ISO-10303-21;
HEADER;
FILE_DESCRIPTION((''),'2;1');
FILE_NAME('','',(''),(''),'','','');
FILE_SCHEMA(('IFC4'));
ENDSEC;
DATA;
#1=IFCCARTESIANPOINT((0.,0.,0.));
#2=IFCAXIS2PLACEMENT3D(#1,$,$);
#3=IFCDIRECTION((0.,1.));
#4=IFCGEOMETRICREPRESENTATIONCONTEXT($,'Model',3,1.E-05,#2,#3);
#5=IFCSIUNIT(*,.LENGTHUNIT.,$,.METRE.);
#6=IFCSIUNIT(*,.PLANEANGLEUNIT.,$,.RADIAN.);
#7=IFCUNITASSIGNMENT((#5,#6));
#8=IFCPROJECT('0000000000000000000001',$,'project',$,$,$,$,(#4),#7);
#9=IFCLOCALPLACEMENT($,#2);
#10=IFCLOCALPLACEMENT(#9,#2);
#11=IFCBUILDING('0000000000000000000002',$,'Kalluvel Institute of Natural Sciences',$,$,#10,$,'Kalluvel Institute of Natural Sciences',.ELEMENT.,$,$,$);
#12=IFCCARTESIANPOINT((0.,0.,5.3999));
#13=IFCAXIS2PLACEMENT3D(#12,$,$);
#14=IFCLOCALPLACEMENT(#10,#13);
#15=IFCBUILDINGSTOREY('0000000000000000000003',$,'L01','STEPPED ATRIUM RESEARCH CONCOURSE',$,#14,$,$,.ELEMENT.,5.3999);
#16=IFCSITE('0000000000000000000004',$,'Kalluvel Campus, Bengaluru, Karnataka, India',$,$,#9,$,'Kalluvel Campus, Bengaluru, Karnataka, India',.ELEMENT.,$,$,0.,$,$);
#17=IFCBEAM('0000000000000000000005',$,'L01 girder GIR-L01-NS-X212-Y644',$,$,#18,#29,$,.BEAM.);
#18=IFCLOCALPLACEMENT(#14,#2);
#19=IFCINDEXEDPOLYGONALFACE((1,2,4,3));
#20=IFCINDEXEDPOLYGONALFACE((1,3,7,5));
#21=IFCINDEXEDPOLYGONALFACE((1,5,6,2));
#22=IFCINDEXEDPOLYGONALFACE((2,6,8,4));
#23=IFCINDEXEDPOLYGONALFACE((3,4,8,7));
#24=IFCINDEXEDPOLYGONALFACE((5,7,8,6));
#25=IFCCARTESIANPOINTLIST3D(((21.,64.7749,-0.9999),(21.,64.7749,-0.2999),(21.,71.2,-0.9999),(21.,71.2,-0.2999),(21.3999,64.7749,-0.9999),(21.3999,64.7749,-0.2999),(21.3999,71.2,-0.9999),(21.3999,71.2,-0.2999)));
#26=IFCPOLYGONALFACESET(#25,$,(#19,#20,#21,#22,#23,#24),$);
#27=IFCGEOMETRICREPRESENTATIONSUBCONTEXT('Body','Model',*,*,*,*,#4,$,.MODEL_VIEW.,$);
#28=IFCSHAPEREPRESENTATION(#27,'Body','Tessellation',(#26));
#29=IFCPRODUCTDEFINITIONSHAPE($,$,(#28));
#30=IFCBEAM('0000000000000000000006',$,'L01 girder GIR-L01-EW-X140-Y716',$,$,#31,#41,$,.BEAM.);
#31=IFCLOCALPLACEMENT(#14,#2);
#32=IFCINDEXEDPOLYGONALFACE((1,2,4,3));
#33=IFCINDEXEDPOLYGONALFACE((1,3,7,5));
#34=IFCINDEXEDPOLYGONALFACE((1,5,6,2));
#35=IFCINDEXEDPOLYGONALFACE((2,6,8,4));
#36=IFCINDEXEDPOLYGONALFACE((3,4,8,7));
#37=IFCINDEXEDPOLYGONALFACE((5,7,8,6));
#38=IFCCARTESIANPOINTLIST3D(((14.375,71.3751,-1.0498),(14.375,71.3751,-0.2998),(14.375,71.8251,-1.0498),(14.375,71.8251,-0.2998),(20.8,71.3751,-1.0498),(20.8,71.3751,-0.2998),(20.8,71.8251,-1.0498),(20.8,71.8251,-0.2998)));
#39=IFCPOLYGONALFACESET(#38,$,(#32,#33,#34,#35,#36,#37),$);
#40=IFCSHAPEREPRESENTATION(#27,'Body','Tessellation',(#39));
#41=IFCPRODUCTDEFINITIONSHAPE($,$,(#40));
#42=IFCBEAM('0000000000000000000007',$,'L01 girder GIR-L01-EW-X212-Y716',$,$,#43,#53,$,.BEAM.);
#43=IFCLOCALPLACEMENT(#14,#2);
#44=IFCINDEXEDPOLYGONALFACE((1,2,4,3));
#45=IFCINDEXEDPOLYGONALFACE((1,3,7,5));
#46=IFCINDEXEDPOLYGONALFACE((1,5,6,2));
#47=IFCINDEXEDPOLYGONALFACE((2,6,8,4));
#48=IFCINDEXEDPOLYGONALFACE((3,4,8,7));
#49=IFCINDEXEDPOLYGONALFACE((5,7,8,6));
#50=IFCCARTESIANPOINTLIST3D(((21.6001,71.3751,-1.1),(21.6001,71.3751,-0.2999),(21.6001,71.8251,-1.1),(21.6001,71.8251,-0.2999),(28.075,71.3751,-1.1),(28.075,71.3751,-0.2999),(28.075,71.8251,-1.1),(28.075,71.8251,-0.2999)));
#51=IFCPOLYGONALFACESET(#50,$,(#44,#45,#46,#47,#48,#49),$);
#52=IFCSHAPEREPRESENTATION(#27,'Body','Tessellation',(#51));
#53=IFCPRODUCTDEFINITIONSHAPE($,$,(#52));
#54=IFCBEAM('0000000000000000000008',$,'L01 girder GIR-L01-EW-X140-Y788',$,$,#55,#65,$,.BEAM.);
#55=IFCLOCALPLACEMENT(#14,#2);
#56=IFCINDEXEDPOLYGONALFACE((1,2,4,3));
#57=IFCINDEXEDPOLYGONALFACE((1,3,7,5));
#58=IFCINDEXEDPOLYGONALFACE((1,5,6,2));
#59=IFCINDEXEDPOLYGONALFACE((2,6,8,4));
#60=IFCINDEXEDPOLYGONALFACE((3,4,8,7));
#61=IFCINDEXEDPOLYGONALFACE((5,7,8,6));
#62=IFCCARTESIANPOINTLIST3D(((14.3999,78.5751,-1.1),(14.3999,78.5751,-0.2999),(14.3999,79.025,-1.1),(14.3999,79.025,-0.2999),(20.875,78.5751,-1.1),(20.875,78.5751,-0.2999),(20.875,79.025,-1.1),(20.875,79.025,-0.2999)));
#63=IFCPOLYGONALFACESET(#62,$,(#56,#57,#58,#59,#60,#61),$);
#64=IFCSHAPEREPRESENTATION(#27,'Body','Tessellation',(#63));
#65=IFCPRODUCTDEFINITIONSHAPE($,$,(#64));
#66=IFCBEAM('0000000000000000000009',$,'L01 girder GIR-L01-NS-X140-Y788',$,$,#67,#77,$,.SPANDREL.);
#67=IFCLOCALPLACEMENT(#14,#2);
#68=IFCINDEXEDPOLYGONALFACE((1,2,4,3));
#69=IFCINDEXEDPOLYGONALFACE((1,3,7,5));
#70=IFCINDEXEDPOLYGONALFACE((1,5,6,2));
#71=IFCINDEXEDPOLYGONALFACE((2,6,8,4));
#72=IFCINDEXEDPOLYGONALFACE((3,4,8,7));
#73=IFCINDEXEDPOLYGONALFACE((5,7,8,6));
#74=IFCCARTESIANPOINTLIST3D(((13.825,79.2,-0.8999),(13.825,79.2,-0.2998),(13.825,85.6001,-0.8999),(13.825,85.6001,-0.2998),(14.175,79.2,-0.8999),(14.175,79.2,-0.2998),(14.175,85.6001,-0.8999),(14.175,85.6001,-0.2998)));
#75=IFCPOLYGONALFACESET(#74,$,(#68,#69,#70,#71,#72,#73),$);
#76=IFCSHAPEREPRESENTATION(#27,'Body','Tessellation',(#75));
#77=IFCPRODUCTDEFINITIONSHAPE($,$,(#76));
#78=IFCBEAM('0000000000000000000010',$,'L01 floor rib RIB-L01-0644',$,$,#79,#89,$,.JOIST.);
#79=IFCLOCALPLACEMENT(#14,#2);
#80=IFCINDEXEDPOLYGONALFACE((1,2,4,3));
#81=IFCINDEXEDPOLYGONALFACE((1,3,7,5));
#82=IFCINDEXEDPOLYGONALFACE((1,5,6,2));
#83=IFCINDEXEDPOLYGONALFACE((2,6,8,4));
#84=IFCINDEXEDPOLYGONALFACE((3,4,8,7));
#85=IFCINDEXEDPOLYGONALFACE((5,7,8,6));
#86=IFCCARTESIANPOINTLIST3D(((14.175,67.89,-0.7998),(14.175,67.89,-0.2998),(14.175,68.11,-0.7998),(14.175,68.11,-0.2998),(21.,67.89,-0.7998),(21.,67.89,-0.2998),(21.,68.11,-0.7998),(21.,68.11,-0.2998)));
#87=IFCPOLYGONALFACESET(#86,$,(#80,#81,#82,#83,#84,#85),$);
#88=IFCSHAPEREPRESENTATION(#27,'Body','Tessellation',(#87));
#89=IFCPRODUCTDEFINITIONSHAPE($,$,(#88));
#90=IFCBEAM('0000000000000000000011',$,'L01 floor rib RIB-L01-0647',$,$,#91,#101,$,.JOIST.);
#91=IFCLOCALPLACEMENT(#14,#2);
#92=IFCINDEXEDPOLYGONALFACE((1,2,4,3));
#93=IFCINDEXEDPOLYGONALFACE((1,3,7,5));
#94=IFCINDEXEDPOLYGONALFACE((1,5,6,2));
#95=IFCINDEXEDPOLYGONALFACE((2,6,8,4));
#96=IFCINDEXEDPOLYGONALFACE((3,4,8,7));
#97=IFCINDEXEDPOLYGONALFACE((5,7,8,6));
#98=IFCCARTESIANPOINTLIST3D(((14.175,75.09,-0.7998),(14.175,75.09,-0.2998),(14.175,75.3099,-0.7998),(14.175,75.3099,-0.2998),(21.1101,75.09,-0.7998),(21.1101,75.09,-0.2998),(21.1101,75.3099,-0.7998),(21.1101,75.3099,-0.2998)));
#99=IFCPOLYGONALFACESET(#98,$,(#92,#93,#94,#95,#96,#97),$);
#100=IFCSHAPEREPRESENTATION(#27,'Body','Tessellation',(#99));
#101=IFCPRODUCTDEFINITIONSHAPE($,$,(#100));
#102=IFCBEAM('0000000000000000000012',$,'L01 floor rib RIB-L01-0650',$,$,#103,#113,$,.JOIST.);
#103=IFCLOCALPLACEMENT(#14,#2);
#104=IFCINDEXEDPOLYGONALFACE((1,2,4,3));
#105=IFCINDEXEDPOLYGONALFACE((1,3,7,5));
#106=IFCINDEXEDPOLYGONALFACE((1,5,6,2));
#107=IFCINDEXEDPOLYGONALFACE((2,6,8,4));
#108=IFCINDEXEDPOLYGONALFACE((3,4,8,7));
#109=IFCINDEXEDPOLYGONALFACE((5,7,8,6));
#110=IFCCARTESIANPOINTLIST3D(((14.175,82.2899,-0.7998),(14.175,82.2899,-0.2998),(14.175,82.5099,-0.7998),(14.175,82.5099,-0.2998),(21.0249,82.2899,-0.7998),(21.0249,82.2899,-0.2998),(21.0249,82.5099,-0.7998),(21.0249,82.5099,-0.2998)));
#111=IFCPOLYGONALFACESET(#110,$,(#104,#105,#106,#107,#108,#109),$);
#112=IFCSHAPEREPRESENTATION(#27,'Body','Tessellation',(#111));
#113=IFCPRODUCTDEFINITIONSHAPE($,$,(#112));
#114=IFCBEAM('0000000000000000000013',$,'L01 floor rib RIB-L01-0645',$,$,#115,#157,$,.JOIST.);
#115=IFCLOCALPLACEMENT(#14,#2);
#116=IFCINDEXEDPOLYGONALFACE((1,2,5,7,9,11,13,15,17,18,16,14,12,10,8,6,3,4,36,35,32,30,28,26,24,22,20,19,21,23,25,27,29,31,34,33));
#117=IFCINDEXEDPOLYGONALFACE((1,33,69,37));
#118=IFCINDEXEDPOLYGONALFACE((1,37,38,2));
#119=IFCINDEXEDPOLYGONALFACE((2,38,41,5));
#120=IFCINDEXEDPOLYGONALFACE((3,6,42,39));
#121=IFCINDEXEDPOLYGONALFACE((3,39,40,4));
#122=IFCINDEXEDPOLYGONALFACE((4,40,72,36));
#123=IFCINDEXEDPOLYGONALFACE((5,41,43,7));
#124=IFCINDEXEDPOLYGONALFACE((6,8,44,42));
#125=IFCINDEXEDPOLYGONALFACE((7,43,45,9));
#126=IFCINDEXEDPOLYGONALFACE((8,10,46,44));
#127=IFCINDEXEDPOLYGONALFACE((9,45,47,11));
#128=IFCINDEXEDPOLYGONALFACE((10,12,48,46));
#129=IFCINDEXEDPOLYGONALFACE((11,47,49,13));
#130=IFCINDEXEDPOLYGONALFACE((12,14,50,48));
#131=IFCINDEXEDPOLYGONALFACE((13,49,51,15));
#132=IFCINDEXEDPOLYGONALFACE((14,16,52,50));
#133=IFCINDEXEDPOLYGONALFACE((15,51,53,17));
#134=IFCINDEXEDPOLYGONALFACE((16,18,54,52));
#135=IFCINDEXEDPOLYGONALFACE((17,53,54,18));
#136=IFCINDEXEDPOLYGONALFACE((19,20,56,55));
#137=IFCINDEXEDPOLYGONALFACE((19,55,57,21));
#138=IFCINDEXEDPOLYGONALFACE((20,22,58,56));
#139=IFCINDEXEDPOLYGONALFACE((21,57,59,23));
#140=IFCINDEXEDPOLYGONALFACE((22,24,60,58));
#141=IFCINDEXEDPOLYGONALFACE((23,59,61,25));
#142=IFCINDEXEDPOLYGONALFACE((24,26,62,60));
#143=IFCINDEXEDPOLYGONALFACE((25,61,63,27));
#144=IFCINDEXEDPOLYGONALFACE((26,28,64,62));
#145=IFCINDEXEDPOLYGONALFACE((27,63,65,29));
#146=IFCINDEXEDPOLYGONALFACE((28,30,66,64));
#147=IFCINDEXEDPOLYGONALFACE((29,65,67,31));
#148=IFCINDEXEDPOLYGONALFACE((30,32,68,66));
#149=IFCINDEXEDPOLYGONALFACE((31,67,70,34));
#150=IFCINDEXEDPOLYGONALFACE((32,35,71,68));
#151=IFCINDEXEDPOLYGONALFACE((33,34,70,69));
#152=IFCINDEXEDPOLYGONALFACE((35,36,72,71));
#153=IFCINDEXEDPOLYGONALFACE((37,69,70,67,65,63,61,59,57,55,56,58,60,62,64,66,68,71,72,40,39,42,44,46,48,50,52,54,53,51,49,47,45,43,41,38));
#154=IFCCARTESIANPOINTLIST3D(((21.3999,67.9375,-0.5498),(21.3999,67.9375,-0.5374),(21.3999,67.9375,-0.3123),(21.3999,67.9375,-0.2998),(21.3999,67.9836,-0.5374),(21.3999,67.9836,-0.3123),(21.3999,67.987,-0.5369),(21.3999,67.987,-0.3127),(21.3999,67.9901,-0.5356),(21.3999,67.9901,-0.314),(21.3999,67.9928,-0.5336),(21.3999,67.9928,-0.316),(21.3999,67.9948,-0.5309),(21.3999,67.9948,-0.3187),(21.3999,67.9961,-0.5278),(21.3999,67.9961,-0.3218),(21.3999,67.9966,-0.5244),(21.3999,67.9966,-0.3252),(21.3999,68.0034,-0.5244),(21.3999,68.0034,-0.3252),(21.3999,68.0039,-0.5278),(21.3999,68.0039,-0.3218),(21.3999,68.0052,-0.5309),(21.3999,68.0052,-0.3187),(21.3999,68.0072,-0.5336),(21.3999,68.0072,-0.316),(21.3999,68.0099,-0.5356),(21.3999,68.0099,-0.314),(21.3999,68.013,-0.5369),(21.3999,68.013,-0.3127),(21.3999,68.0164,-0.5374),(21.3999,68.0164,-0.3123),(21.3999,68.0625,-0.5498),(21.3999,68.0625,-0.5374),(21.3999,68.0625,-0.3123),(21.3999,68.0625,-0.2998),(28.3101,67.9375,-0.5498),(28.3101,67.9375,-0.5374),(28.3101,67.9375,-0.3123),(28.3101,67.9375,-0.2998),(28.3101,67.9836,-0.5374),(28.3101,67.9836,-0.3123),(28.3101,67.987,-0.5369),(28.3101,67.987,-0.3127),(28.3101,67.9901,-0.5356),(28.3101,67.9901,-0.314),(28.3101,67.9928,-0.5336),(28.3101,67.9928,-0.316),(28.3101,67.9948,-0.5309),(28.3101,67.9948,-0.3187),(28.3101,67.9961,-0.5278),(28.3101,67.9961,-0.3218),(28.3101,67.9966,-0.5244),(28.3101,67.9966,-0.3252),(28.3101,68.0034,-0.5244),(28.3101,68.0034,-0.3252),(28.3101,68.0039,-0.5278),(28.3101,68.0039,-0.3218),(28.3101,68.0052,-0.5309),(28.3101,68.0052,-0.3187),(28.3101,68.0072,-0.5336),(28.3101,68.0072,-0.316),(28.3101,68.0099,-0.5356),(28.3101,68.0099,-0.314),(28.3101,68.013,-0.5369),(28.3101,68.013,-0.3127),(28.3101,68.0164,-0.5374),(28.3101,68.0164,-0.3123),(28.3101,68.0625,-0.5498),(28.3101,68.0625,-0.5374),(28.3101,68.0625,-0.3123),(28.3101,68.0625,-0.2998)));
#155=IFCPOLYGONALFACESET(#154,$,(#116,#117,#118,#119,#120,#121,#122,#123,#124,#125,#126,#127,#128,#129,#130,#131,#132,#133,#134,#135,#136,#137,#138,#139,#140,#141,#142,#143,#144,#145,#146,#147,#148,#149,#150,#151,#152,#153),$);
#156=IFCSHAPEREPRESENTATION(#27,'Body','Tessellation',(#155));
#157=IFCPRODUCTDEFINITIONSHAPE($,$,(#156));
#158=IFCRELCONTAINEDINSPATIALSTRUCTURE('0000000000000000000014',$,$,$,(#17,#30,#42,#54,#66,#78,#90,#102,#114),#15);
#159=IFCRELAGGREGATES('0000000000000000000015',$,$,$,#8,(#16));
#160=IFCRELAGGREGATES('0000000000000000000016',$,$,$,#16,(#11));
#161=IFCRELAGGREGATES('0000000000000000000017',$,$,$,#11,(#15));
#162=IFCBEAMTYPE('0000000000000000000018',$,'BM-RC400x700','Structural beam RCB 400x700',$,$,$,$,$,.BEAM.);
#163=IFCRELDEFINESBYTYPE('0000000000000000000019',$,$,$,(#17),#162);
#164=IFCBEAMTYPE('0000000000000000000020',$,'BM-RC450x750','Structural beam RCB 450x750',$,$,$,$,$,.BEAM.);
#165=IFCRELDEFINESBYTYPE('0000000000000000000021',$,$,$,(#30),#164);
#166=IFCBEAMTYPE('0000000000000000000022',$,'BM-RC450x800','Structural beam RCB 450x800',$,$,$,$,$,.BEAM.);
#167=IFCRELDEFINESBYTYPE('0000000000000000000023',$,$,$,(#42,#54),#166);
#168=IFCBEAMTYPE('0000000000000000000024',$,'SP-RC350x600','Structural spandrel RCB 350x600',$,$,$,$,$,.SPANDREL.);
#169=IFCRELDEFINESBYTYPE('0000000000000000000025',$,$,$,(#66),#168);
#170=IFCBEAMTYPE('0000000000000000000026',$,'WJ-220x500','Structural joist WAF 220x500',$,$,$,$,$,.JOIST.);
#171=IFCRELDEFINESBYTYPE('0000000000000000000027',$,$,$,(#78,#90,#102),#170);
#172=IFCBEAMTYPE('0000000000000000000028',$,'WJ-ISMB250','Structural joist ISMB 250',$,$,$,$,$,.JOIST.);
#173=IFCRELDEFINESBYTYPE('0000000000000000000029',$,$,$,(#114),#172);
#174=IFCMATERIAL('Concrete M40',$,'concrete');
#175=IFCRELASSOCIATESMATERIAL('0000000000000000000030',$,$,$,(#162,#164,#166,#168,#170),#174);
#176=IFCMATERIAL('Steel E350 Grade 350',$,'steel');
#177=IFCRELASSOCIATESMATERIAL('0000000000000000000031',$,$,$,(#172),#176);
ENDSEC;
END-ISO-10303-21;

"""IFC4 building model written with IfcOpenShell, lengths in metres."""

from ifc_helpers import new_model, si_unit, direction, frame, origin, origin_2d, place, context, subcontext, project, spatial, rectangle, i_section, extrude, material, material_profile, profile_set, type_object, element, save


model = new_model("IFC4")

# Units and contexts
model_context = context("Model", 3, precision=1e-05, world=origin(), true_north=direction((0.0, 1.0)))
body_context = subcontext(model_context, "Body", "Model", "MODEL_VIEW")
ifc_project = project(units=[si_unit("LENGTHUNIT", "METRE"), si_unit("PLANEANGLEUNIT", "RADIAN")], contexts=[model_context])

# Site, building, storey
site_placement = place(None, origin())
site = spatial("IfcSite", under=ifc_project, at=site_placement, Name="Kalluvel Campus, Bengaluru, Karnataka, India", LongName="Kalluvel Campus, Bengaluru, Karnataka, India", CompositionType="ELEMENT", RefElevation=0.0)
building_placement = place(site_placement, origin())
building = spatial("IfcBuilding", under=site, at=building_placement, Name="Kalluvel Institute of Natural Sciences", LongName="Kalluvel Institute of Natural Sciences", CompositionType="ELEMENT")
storey_placement = place(building_placement, frame((0.0, 0.0, 5.3999)))
storey = spatial("IfcBuildingStorey", under=building, at=storey_placement, Name="L01", Description="STEPPED ATRIUM RESEARCH CONCOURSE", CompositionType="ELEMENT", Elevation=5.3999)

# Beams
ifc_material_1 = material(Name="Steel E350 Grade 350", Category="steel")
ifc_material_2 = material(Name="Concrete M40", Category="concrete")
ifc_material_profile_1 = material_profile(ifc_material_2, rectangle(XDim=0.3999, YDim=0.7, at=origin_2d()), Name="RCB 400x700")
ifc_profile_set_1 = profile_set([ifc_material_profile_1], Name="Concrete M40")
beam_type_1 = type_object("IfcBeamType", Name="BM-RC400x700", Description="Structural beam RCB 400x700", PredefinedType="BEAM", material=ifc_profile_set_1)
beam_1_placement = place(storey_placement, frame((21.2, 64.7749, -0.6499), z_axis=(0.0, 1.0, 0.0), x_axis=(-1.0, 0.0, 0.0)))
element("IfcBeam", 1, at=beam_1_placement, inside=storey, type_object=beam_type_1, Name="L01 girder GIR-L01-NS-X212-Y644", PredefinedType="BEAM", context=body_context, shape_type="SweptSolid", body=[
    extrude(rectangle(XDim=0.3999, YDim=0.7, at=origin_2d()), origin(), (0.0, 0.0, 1.0), 6.425),
])
ifc_material_profile_2 = material_profile(ifc_material_2, rectangle(XDim=0.45, YDim=0.75, at=origin_2d()), Name="RCB 450x750")
ifc_profile_set_2 = profile_set([ifc_material_profile_2], Name="Concrete M40")
beam_type_2 = type_object("IfcBeamType", Name="BM-RC450x750", Description="Structural beam RCB 450x750", PredefinedType="BEAM", material=ifc_profile_set_2)
beam_2_placement = place(storey_placement, frame((14.375, 71.6001, -0.6748), z_axis=(1.0, 0.0, 0.0), x_axis=(0.0, 1.0, 0.0)))
element("IfcBeam", 2, at=beam_2_placement, inside=storey, type_object=beam_type_2, Name="L01 girder GIR-L01-EW-X140-Y716", PredefinedType="BEAM", context=body_context, shape_type="SweptSolid", body=[
    extrude(rectangle(XDim=0.45, YDim=0.75, at=origin_2d()), origin(), (0.0, 0.0, 1.0), 6.425),
])
ifc_material_profile_3 = material_profile(ifc_material_2, rectangle(XDim=0.45, YDim=0.8, at=origin_2d()), Name="RCB 450x800")
ifc_profile_set_3 = profile_set([ifc_material_profile_3], Name="Concrete M40")
beam_type_3 = type_object("IfcBeamType", Name="BM-RC450x800", Description="Structural beam RCB 450x800", PredefinedType="BEAM", material=ifc_profile_set_3)
beam_3_placement = place(storey_placement, frame((21.6001, 71.6001, -0.7), z_axis=(1.0, 0.0, 0.0), x_axis=(0.0, 1.0, 0.0)))
element("IfcBeam", 3, at=beam_3_placement, inside=storey, type_object=beam_type_3, Name="L01 girder GIR-L01-EW-X212-Y716", PredefinedType="BEAM", context=body_context, shape_type="SweptSolid", body=[
    extrude(rectangle(XDim=0.45, YDim=0.8, at=origin_2d()), origin(), (0.0, 0.0, 1.0), 6.4749),
])
beam_4_placement = place(storey_placement, frame((14.3999, 78.8, -0.7), z_axis=(1.0, 0.0, 0.0), x_axis=(0.0, 1.0, 0.0)))
element("IfcBeam", 4, at=beam_4_placement, inside=storey, type_object=beam_type_3, Name="L01 girder GIR-L01-EW-X140-Y788", PredefinedType="BEAM", context=body_context, shape_type="SweptSolid", body=[
    extrude(rectangle(XDim=0.45, YDim=0.8, at=origin_2d()), origin(), (0.0, 0.0, 1.0), 6.4751),
])
ifc_material_profile_4 = material_profile(ifc_material_2, rectangle(XDim=0.3501, YDim=0.6001, at=origin_2d()), Name="RCB 350x600")
ifc_profile_set_4 = profile_set([ifc_material_profile_4], Name="Concrete M40")
beam_type_4 = type_object("IfcBeamType", Name="SP-RC350x600", Description="Structural spandrel RCB 350x600", PredefinedType="SPANDREL", material=ifc_profile_set_4)
beam_5_placement = place(storey_placement, frame((14.0, 79.2, -0.5999), z_axis=(0.0, 1.0, 0.0), x_axis=(-1.0, 0.0, 0.0)))
element("IfcBeam", 5, at=beam_5_placement, inside=storey, type_object=beam_type_4, Name="L01 girder GIR-L01-NS-X140-Y788", PredefinedType="SPANDREL", context=body_context, shape_type="SweptSolid", body=[
    extrude(rectangle(XDim=0.3501, YDim=0.6001, at=origin_2d()), origin(), (0.0, 0.0, 1.0), 6.4001),
])
ifc_material_profile_5 = material_profile(ifc_material_2, rectangle(XDim=0.22, YDim=0.5, at=origin_2d()), Name="WAF 220x500")
ifc_profile_set_5 = profile_set([ifc_material_profile_5], Name="Concrete M40")
beam_type_5 = type_object("IfcBeamType", Name="WJ-220x500", Description="Structural joist WAF 220x500", PredefinedType="JOIST", material=ifc_profile_set_5)
beam_6_placement = place(storey_placement, frame((14.175, 68.0, -0.5498), z_axis=(1.0, 0.0, 0.0), x_axis=(0.0, 1.0, 0.0)))
element("IfcBeam", 6, at=beam_6_placement, inside=storey, type_object=beam_type_5, Name="L01 floor rib RIB-L01-0644", PredefinedType="JOIST", context=body_context, shape_type="SweptSolid", body=[
    extrude(rectangle(XDim=0.22, YDim=0.5, at=origin_2d()), origin(), (0.0, 0.0, 1.0), 6.825),
])
beam_7_placement = place(storey_placement, frame((14.175, 75.2, -0.5498), z_axis=(1.0, 0.0, 0.0), x_axis=(0.0, 1.0, 0.0)))
element("IfcBeam", 7, at=beam_7_placement, inside=storey, type_object=beam_type_5, Name="L01 floor rib RIB-L01-0647", PredefinedType="JOIST", context=body_context, shape_type="SweptSolid", body=[
    extrude(rectangle(XDim=0.22, YDim=0.5, at=origin_2d()), origin(), (0.0, 0.0, 1.0), 6.9351),
])
beam_8_placement = place(storey_placement, frame((14.175, 82.3999, -0.5498), z_axis=(1.0, 0.0, 0.0), x_axis=(0.0, 1.0, 0.0)))
element("IfcBeam", 8, at=beam_8_placement, inside=storey, type_object=beam_type_5, Name="L01 floor rib RIB-L01-0650", PredefinedType="JOIST", context=body_context, shape_type="SweptSolid", body=[
    extrude(rectangle(XDim=0.22, YDim=0.5, at=origin_2d()), origin(), (0.0, 0.0, 1.0), 6.8499),
])
ifc_material_profile_6 = material_profile(ifc_material_1, i_section(OverallWidth=0.125, OverallDepth=0.25, WebThickness=0.0068, FlangeThickness=0.0125, FilletRadius=0.0129, at=origin_2d()), Name="ISMB 250")
ifc_profile_set_6 = profile_set([ifc_material_profile_6], Name="Steel E350 Grade 350")
beam_type_6 = type_object("IfcBeamType", Name="WJ-ISMB250", Description="Structural joist ISMB 250", PredefinedType="JOIST", material=ifc_profile_set_6)
beam_9_placement = place(storey_placement, frame((21.3999, 68.0, -0.4248), z_axis=(1.0, 0.0, 0.0), x_axis=(0.0, 1.0, 0.0)))
element("IfcBeam", 9, at=beam_9_placement, inside=storey, type_object=beam_type_6, Name="L01 floor rib RIB-L01-0645", PredefinedType="JOIST", context=body_context, shape_type="SweptSolid", body=[
    extrude(i_section(OverallWidth=0.125, OverallDepth=0.25, WebThickness=0.0068, FlangeThickness=0.0125, FilletRadius=0.0129, at=origin_2d()), origin(), (0.0, 0.0, 1.0), 6.9102),
])

save(model, "model.ifc")
